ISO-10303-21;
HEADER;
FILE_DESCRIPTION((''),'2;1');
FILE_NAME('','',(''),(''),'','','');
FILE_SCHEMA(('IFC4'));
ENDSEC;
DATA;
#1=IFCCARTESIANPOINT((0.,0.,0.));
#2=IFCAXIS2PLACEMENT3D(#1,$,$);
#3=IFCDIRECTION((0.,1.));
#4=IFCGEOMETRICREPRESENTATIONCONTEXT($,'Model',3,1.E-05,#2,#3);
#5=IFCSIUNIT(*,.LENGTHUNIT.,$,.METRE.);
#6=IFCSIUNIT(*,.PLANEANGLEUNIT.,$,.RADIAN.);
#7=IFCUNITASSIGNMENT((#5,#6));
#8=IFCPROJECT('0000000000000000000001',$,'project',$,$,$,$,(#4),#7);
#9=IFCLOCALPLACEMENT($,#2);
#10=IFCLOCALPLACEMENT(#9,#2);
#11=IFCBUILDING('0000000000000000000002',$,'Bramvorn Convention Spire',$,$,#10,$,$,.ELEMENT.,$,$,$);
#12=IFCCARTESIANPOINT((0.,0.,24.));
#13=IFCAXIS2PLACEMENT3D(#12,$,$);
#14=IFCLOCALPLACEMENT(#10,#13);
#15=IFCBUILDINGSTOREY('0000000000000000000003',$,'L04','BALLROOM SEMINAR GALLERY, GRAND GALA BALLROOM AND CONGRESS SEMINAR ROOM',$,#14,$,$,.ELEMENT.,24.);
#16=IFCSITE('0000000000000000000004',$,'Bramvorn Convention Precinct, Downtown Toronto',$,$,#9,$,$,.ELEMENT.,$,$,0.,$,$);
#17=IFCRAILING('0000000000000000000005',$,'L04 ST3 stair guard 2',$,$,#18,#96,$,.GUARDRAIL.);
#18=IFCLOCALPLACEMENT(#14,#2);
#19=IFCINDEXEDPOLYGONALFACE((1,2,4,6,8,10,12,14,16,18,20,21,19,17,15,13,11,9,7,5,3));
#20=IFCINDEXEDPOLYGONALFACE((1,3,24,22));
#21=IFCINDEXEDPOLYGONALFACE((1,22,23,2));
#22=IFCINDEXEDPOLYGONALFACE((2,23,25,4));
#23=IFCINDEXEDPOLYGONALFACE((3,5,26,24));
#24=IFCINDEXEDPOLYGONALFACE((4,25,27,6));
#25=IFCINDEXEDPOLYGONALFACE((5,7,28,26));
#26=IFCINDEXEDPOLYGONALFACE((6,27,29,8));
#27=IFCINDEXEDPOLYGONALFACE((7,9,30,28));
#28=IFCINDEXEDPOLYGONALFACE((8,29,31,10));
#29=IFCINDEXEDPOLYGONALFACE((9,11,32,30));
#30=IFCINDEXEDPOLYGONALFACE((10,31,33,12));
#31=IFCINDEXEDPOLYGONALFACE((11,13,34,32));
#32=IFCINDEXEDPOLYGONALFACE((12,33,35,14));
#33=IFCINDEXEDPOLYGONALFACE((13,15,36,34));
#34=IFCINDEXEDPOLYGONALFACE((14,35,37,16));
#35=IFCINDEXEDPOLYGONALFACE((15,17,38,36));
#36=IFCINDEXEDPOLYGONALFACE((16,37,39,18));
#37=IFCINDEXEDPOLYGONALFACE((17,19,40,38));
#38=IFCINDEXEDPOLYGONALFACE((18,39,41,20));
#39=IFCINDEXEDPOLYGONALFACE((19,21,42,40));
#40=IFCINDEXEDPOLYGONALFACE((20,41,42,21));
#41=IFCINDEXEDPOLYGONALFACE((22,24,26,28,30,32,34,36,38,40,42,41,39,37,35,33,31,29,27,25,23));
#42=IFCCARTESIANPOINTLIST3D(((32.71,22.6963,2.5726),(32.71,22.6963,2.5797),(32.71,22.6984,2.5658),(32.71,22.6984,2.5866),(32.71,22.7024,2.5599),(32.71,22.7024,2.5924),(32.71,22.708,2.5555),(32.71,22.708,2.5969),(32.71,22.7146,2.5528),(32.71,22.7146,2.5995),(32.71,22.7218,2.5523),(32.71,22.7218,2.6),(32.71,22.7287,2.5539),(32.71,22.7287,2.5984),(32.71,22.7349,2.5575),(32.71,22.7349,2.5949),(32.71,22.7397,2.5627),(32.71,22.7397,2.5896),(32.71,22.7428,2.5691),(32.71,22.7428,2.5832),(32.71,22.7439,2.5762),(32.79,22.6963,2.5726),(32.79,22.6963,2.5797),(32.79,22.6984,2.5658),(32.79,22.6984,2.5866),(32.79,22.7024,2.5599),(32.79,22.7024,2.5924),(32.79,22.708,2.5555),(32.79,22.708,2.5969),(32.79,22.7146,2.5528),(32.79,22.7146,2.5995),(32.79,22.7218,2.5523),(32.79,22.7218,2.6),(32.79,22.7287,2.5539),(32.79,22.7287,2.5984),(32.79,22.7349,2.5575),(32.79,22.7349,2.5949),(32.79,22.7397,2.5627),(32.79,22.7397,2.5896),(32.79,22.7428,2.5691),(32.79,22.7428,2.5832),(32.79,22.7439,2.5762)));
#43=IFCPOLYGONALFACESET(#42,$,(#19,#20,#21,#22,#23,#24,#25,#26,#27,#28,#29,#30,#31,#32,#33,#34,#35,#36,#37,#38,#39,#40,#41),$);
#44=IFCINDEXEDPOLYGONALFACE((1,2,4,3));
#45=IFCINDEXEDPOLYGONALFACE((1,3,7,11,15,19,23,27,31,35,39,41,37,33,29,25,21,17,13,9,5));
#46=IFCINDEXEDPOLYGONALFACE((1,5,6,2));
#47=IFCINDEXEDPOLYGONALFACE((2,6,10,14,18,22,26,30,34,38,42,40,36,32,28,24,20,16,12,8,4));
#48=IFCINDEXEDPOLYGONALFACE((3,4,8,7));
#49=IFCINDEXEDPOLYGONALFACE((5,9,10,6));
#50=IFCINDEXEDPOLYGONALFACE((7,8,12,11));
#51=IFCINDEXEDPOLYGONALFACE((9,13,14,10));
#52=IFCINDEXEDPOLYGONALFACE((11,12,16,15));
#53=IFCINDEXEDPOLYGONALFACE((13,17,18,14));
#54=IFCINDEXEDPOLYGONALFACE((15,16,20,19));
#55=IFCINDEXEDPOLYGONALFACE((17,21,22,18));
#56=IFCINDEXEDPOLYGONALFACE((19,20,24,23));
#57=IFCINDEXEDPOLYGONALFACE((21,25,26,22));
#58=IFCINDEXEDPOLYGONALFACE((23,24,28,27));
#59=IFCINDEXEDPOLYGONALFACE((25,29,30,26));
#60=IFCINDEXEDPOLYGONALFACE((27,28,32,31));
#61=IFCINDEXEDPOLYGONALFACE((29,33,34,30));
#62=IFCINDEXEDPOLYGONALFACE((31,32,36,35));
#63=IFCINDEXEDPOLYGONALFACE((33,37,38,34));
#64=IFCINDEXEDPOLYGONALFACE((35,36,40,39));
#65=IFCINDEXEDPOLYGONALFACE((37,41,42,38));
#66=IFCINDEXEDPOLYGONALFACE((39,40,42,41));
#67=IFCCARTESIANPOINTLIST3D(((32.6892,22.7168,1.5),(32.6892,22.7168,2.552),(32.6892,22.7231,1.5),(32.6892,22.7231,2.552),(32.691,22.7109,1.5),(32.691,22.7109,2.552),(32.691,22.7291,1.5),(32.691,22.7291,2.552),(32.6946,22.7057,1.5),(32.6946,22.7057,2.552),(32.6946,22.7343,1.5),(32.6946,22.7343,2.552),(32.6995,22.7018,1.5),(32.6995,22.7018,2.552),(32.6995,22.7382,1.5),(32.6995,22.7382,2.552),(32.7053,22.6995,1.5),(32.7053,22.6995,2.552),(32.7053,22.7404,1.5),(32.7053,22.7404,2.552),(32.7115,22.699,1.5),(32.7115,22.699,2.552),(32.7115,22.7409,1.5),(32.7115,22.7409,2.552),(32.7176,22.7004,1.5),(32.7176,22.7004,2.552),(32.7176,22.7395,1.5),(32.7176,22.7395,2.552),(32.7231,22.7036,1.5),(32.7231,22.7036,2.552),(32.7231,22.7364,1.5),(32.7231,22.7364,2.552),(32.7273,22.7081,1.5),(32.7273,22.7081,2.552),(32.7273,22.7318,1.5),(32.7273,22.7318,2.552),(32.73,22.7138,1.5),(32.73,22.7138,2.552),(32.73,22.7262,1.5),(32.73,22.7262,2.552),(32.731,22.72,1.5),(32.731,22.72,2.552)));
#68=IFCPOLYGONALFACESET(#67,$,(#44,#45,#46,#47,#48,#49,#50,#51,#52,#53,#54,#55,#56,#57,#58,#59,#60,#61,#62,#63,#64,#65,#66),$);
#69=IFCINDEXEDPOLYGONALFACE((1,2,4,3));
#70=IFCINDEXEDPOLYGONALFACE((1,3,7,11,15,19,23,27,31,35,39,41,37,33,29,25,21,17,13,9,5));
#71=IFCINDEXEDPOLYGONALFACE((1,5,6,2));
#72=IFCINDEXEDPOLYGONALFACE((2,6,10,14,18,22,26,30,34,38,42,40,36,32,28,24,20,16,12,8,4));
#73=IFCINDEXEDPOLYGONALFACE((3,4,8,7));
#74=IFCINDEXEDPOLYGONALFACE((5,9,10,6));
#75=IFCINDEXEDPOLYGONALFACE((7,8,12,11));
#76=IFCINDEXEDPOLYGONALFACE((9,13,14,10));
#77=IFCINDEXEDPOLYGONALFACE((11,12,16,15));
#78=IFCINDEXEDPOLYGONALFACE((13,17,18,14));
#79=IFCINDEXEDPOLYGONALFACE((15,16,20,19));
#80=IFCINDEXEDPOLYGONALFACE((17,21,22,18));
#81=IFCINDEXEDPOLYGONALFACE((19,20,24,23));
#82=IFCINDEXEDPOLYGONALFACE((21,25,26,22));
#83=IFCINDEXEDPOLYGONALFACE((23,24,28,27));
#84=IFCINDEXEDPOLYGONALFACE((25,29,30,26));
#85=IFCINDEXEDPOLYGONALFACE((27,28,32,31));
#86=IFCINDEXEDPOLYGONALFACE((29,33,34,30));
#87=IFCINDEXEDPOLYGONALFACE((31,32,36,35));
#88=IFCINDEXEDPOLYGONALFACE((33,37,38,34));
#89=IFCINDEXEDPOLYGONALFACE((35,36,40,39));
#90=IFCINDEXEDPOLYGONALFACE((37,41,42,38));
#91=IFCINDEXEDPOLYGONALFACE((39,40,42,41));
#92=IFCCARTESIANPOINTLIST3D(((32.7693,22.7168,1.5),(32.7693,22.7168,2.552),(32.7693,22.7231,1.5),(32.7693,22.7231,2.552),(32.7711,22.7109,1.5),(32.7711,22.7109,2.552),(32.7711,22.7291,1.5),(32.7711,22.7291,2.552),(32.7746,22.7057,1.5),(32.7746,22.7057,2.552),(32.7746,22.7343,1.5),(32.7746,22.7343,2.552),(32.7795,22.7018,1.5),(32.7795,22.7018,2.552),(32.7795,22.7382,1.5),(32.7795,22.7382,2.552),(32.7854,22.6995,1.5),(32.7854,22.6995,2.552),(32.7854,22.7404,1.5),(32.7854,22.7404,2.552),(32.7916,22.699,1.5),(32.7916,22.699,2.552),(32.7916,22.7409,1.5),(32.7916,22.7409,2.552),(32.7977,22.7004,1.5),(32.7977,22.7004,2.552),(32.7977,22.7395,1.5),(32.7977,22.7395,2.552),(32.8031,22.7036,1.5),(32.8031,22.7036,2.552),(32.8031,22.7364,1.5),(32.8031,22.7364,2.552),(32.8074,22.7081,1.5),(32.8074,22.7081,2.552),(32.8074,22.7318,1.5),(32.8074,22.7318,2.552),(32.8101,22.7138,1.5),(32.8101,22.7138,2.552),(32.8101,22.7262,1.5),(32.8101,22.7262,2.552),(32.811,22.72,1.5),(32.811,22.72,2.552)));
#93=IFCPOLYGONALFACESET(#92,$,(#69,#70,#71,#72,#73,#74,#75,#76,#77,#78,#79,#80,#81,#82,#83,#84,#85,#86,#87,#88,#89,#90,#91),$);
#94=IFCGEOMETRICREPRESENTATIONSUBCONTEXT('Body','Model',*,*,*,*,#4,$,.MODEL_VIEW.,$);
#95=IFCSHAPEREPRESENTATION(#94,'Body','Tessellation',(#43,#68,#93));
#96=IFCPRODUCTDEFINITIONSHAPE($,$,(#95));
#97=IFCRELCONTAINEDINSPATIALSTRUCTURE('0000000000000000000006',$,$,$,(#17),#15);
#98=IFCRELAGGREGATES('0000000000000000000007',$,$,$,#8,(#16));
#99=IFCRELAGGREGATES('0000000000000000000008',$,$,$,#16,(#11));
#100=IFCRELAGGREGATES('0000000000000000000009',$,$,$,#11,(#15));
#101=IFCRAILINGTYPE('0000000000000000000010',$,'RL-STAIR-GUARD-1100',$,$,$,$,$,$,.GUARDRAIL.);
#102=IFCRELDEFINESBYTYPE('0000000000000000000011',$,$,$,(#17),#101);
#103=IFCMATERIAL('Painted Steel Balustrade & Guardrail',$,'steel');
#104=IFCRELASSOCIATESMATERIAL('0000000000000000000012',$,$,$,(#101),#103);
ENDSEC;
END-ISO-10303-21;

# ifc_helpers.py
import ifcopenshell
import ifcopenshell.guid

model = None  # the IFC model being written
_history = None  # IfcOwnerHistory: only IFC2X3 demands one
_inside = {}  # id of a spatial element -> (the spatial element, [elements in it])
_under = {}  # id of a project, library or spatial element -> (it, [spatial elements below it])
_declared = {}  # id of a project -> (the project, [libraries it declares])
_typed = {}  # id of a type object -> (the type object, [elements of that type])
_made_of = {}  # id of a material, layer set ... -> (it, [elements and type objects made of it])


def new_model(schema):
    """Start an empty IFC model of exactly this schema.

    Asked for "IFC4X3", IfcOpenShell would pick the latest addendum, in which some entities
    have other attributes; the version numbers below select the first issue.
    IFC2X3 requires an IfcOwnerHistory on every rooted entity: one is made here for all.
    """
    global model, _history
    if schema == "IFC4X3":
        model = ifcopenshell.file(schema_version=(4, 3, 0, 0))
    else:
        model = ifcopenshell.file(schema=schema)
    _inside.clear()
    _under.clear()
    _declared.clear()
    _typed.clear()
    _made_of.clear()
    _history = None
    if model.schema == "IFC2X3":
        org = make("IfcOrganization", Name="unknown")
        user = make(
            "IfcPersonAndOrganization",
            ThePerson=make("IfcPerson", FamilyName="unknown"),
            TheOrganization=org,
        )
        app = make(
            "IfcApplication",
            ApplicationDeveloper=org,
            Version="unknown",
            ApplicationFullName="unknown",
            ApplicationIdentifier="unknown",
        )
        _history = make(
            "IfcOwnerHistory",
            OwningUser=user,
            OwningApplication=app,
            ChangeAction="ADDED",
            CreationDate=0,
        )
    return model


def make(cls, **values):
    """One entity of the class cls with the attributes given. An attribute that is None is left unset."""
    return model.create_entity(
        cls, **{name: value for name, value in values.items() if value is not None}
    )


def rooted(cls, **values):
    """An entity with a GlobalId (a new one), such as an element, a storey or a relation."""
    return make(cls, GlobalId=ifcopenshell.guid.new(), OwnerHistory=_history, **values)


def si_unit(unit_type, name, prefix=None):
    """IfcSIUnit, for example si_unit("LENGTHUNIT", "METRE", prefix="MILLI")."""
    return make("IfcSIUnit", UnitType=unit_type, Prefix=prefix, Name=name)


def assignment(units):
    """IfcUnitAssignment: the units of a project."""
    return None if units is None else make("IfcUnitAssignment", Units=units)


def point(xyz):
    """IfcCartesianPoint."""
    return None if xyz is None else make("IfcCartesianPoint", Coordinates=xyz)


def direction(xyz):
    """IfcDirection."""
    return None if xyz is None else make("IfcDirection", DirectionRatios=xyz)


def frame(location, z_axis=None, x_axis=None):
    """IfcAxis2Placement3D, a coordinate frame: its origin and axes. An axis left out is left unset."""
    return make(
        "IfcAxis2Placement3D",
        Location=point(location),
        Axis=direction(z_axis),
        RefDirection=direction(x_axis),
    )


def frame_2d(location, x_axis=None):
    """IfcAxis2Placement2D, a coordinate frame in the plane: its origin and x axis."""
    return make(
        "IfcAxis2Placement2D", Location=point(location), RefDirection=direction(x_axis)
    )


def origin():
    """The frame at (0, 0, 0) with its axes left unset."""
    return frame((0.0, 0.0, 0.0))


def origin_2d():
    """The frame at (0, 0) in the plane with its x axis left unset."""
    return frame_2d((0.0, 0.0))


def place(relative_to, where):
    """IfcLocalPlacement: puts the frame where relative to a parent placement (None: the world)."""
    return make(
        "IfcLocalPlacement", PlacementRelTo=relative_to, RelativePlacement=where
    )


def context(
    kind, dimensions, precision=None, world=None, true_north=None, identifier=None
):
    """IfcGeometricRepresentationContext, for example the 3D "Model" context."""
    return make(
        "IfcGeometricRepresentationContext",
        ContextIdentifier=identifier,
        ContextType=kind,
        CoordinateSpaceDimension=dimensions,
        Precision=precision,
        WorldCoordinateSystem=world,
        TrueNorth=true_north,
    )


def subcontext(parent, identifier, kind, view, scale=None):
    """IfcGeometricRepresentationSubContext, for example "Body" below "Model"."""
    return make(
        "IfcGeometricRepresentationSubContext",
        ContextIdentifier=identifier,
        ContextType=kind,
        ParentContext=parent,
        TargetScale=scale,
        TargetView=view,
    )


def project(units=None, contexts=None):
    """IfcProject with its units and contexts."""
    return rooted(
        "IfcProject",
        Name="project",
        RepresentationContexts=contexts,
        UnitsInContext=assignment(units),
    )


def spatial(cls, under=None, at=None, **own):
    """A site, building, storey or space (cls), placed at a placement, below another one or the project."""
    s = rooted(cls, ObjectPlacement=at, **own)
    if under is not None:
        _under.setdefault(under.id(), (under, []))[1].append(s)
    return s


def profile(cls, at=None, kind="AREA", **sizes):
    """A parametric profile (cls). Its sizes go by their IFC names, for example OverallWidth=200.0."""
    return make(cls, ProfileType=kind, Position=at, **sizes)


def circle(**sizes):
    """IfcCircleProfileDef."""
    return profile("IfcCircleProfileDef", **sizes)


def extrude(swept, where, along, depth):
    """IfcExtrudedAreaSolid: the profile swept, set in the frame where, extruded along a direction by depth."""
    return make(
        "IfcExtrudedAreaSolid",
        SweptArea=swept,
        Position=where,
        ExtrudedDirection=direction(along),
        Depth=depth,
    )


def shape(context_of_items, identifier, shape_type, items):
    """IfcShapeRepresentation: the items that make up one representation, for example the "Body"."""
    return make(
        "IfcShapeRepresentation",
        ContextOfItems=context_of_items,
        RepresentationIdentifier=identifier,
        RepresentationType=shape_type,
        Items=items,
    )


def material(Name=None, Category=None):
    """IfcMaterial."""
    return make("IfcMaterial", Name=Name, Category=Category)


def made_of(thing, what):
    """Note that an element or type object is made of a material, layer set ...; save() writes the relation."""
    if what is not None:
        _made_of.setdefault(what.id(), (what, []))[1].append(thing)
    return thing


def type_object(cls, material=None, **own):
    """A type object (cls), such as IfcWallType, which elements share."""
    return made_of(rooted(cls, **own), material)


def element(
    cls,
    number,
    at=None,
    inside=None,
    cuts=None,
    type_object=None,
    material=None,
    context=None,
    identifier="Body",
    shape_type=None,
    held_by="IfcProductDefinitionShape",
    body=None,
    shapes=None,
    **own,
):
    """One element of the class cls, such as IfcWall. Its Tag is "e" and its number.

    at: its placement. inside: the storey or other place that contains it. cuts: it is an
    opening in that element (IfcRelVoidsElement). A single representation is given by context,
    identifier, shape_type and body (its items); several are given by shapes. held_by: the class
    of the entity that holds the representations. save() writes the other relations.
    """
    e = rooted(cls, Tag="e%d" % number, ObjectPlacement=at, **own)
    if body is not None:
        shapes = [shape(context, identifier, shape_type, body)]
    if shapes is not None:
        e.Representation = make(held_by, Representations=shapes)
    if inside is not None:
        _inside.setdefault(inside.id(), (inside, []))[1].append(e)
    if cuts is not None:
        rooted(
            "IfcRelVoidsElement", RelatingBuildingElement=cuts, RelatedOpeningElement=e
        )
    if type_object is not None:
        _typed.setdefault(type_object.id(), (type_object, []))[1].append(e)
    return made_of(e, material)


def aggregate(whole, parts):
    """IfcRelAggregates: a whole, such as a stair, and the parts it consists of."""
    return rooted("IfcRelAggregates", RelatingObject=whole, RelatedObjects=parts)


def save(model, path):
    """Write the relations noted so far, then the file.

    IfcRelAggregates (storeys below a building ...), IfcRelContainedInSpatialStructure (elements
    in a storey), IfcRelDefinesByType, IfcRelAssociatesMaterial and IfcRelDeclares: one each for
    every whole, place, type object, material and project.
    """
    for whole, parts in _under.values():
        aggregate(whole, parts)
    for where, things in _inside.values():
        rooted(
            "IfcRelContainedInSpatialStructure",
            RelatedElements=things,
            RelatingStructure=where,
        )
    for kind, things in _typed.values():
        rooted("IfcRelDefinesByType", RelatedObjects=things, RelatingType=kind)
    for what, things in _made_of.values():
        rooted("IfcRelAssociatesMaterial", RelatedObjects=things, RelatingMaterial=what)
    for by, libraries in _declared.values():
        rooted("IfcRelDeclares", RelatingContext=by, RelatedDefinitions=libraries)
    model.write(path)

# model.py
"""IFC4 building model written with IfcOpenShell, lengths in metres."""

from ifc_helpers import new_model, si_unit, direction, frame, origin, origin_2d, place, context, subcontext, project, spatial, circle, extrude, material, type_object, element, save


model = new_model("IFC4")

# Units and contexts
model_context = context("Model", 3, precision=1e-05, world=origin(), true_north=direction((0.0, 1.0)))
body_context = subcontext(model_context, "Body", "Model", "MODEL_VIEW")
ifc_project = project(units=[si_unit("LENGTHUNIT", "METRE"), si_unit("PLANEANGLEUNIT", "RADIAN")], contexts=[model_context])

# Site, building, storey
site_placement = place(None, origin())
site = spatial("IfcSite", under=ifc_project, at=site_placement, Name="Bramvorn Convention Precinct, Downtown Toronto", CompositionType="ELEMENT", RefElevation=0.0)
building_placement = place(site_placement, origin())
building = spatial("IfcBuilding", under=site, at=building_placement, Name="Bramvorn Convention Spire", CompositionType="ELEMENT")
storey_placement = place(building_placement, frame((0.0, 0.0, 24.0)))
storey = spatial("IfcBuildingStorey", under=building, at=storey_placement, Name="L04", Description="BALLROOM SEMINAR GALLERY, GRAND GALA BALLROOM AND CONGRESS SEMINAR ROOM", CompositionType="ELEMENT", Elevation=24.0)

# Railing
ifc_material_1 = material(Name="Painted Steel Balustrade & Guardrail", Category="steel")
railing_type_1 = type_object("IfcRailingType", Name="RL-STAIR-GUARD-1100", PredefinedType="GUARDRAIL", material=ifc_material_1)
railing_1_placement = place(storey_placement, frame((32.71, 22.72, 1.5)))
element("IfcRailing", 1, at=railing_1_placement, inside=storey, type_object=railing_type_1, Name="L04 ST3 stair guard 2", PredefinedType="GUARDRAIL", context=body_context, shape_type="SweptSolid", body=[
    extrude(circle(Radius=0.0239, at=origin_2d()), frame((0.0, 0.0, 1.0762), z_axis=(1.0, 0.0, 0.0), x_axis=(0.0, 1.0, 0.0)), (0.0, 0.0, 1.0), 0.0801),
    extrude(circle(Radius=0.021, at=origin_2d()), origin(), (0.0, 0.0, 1.0), 1.052),
    extrude(circle(Radius=0.021, at=origin_2d()), frame((0.0801, 0.0, 0.0)), (0.0, 0.0, 1.0), 1.052),
])

save(model, "model.ifc")
